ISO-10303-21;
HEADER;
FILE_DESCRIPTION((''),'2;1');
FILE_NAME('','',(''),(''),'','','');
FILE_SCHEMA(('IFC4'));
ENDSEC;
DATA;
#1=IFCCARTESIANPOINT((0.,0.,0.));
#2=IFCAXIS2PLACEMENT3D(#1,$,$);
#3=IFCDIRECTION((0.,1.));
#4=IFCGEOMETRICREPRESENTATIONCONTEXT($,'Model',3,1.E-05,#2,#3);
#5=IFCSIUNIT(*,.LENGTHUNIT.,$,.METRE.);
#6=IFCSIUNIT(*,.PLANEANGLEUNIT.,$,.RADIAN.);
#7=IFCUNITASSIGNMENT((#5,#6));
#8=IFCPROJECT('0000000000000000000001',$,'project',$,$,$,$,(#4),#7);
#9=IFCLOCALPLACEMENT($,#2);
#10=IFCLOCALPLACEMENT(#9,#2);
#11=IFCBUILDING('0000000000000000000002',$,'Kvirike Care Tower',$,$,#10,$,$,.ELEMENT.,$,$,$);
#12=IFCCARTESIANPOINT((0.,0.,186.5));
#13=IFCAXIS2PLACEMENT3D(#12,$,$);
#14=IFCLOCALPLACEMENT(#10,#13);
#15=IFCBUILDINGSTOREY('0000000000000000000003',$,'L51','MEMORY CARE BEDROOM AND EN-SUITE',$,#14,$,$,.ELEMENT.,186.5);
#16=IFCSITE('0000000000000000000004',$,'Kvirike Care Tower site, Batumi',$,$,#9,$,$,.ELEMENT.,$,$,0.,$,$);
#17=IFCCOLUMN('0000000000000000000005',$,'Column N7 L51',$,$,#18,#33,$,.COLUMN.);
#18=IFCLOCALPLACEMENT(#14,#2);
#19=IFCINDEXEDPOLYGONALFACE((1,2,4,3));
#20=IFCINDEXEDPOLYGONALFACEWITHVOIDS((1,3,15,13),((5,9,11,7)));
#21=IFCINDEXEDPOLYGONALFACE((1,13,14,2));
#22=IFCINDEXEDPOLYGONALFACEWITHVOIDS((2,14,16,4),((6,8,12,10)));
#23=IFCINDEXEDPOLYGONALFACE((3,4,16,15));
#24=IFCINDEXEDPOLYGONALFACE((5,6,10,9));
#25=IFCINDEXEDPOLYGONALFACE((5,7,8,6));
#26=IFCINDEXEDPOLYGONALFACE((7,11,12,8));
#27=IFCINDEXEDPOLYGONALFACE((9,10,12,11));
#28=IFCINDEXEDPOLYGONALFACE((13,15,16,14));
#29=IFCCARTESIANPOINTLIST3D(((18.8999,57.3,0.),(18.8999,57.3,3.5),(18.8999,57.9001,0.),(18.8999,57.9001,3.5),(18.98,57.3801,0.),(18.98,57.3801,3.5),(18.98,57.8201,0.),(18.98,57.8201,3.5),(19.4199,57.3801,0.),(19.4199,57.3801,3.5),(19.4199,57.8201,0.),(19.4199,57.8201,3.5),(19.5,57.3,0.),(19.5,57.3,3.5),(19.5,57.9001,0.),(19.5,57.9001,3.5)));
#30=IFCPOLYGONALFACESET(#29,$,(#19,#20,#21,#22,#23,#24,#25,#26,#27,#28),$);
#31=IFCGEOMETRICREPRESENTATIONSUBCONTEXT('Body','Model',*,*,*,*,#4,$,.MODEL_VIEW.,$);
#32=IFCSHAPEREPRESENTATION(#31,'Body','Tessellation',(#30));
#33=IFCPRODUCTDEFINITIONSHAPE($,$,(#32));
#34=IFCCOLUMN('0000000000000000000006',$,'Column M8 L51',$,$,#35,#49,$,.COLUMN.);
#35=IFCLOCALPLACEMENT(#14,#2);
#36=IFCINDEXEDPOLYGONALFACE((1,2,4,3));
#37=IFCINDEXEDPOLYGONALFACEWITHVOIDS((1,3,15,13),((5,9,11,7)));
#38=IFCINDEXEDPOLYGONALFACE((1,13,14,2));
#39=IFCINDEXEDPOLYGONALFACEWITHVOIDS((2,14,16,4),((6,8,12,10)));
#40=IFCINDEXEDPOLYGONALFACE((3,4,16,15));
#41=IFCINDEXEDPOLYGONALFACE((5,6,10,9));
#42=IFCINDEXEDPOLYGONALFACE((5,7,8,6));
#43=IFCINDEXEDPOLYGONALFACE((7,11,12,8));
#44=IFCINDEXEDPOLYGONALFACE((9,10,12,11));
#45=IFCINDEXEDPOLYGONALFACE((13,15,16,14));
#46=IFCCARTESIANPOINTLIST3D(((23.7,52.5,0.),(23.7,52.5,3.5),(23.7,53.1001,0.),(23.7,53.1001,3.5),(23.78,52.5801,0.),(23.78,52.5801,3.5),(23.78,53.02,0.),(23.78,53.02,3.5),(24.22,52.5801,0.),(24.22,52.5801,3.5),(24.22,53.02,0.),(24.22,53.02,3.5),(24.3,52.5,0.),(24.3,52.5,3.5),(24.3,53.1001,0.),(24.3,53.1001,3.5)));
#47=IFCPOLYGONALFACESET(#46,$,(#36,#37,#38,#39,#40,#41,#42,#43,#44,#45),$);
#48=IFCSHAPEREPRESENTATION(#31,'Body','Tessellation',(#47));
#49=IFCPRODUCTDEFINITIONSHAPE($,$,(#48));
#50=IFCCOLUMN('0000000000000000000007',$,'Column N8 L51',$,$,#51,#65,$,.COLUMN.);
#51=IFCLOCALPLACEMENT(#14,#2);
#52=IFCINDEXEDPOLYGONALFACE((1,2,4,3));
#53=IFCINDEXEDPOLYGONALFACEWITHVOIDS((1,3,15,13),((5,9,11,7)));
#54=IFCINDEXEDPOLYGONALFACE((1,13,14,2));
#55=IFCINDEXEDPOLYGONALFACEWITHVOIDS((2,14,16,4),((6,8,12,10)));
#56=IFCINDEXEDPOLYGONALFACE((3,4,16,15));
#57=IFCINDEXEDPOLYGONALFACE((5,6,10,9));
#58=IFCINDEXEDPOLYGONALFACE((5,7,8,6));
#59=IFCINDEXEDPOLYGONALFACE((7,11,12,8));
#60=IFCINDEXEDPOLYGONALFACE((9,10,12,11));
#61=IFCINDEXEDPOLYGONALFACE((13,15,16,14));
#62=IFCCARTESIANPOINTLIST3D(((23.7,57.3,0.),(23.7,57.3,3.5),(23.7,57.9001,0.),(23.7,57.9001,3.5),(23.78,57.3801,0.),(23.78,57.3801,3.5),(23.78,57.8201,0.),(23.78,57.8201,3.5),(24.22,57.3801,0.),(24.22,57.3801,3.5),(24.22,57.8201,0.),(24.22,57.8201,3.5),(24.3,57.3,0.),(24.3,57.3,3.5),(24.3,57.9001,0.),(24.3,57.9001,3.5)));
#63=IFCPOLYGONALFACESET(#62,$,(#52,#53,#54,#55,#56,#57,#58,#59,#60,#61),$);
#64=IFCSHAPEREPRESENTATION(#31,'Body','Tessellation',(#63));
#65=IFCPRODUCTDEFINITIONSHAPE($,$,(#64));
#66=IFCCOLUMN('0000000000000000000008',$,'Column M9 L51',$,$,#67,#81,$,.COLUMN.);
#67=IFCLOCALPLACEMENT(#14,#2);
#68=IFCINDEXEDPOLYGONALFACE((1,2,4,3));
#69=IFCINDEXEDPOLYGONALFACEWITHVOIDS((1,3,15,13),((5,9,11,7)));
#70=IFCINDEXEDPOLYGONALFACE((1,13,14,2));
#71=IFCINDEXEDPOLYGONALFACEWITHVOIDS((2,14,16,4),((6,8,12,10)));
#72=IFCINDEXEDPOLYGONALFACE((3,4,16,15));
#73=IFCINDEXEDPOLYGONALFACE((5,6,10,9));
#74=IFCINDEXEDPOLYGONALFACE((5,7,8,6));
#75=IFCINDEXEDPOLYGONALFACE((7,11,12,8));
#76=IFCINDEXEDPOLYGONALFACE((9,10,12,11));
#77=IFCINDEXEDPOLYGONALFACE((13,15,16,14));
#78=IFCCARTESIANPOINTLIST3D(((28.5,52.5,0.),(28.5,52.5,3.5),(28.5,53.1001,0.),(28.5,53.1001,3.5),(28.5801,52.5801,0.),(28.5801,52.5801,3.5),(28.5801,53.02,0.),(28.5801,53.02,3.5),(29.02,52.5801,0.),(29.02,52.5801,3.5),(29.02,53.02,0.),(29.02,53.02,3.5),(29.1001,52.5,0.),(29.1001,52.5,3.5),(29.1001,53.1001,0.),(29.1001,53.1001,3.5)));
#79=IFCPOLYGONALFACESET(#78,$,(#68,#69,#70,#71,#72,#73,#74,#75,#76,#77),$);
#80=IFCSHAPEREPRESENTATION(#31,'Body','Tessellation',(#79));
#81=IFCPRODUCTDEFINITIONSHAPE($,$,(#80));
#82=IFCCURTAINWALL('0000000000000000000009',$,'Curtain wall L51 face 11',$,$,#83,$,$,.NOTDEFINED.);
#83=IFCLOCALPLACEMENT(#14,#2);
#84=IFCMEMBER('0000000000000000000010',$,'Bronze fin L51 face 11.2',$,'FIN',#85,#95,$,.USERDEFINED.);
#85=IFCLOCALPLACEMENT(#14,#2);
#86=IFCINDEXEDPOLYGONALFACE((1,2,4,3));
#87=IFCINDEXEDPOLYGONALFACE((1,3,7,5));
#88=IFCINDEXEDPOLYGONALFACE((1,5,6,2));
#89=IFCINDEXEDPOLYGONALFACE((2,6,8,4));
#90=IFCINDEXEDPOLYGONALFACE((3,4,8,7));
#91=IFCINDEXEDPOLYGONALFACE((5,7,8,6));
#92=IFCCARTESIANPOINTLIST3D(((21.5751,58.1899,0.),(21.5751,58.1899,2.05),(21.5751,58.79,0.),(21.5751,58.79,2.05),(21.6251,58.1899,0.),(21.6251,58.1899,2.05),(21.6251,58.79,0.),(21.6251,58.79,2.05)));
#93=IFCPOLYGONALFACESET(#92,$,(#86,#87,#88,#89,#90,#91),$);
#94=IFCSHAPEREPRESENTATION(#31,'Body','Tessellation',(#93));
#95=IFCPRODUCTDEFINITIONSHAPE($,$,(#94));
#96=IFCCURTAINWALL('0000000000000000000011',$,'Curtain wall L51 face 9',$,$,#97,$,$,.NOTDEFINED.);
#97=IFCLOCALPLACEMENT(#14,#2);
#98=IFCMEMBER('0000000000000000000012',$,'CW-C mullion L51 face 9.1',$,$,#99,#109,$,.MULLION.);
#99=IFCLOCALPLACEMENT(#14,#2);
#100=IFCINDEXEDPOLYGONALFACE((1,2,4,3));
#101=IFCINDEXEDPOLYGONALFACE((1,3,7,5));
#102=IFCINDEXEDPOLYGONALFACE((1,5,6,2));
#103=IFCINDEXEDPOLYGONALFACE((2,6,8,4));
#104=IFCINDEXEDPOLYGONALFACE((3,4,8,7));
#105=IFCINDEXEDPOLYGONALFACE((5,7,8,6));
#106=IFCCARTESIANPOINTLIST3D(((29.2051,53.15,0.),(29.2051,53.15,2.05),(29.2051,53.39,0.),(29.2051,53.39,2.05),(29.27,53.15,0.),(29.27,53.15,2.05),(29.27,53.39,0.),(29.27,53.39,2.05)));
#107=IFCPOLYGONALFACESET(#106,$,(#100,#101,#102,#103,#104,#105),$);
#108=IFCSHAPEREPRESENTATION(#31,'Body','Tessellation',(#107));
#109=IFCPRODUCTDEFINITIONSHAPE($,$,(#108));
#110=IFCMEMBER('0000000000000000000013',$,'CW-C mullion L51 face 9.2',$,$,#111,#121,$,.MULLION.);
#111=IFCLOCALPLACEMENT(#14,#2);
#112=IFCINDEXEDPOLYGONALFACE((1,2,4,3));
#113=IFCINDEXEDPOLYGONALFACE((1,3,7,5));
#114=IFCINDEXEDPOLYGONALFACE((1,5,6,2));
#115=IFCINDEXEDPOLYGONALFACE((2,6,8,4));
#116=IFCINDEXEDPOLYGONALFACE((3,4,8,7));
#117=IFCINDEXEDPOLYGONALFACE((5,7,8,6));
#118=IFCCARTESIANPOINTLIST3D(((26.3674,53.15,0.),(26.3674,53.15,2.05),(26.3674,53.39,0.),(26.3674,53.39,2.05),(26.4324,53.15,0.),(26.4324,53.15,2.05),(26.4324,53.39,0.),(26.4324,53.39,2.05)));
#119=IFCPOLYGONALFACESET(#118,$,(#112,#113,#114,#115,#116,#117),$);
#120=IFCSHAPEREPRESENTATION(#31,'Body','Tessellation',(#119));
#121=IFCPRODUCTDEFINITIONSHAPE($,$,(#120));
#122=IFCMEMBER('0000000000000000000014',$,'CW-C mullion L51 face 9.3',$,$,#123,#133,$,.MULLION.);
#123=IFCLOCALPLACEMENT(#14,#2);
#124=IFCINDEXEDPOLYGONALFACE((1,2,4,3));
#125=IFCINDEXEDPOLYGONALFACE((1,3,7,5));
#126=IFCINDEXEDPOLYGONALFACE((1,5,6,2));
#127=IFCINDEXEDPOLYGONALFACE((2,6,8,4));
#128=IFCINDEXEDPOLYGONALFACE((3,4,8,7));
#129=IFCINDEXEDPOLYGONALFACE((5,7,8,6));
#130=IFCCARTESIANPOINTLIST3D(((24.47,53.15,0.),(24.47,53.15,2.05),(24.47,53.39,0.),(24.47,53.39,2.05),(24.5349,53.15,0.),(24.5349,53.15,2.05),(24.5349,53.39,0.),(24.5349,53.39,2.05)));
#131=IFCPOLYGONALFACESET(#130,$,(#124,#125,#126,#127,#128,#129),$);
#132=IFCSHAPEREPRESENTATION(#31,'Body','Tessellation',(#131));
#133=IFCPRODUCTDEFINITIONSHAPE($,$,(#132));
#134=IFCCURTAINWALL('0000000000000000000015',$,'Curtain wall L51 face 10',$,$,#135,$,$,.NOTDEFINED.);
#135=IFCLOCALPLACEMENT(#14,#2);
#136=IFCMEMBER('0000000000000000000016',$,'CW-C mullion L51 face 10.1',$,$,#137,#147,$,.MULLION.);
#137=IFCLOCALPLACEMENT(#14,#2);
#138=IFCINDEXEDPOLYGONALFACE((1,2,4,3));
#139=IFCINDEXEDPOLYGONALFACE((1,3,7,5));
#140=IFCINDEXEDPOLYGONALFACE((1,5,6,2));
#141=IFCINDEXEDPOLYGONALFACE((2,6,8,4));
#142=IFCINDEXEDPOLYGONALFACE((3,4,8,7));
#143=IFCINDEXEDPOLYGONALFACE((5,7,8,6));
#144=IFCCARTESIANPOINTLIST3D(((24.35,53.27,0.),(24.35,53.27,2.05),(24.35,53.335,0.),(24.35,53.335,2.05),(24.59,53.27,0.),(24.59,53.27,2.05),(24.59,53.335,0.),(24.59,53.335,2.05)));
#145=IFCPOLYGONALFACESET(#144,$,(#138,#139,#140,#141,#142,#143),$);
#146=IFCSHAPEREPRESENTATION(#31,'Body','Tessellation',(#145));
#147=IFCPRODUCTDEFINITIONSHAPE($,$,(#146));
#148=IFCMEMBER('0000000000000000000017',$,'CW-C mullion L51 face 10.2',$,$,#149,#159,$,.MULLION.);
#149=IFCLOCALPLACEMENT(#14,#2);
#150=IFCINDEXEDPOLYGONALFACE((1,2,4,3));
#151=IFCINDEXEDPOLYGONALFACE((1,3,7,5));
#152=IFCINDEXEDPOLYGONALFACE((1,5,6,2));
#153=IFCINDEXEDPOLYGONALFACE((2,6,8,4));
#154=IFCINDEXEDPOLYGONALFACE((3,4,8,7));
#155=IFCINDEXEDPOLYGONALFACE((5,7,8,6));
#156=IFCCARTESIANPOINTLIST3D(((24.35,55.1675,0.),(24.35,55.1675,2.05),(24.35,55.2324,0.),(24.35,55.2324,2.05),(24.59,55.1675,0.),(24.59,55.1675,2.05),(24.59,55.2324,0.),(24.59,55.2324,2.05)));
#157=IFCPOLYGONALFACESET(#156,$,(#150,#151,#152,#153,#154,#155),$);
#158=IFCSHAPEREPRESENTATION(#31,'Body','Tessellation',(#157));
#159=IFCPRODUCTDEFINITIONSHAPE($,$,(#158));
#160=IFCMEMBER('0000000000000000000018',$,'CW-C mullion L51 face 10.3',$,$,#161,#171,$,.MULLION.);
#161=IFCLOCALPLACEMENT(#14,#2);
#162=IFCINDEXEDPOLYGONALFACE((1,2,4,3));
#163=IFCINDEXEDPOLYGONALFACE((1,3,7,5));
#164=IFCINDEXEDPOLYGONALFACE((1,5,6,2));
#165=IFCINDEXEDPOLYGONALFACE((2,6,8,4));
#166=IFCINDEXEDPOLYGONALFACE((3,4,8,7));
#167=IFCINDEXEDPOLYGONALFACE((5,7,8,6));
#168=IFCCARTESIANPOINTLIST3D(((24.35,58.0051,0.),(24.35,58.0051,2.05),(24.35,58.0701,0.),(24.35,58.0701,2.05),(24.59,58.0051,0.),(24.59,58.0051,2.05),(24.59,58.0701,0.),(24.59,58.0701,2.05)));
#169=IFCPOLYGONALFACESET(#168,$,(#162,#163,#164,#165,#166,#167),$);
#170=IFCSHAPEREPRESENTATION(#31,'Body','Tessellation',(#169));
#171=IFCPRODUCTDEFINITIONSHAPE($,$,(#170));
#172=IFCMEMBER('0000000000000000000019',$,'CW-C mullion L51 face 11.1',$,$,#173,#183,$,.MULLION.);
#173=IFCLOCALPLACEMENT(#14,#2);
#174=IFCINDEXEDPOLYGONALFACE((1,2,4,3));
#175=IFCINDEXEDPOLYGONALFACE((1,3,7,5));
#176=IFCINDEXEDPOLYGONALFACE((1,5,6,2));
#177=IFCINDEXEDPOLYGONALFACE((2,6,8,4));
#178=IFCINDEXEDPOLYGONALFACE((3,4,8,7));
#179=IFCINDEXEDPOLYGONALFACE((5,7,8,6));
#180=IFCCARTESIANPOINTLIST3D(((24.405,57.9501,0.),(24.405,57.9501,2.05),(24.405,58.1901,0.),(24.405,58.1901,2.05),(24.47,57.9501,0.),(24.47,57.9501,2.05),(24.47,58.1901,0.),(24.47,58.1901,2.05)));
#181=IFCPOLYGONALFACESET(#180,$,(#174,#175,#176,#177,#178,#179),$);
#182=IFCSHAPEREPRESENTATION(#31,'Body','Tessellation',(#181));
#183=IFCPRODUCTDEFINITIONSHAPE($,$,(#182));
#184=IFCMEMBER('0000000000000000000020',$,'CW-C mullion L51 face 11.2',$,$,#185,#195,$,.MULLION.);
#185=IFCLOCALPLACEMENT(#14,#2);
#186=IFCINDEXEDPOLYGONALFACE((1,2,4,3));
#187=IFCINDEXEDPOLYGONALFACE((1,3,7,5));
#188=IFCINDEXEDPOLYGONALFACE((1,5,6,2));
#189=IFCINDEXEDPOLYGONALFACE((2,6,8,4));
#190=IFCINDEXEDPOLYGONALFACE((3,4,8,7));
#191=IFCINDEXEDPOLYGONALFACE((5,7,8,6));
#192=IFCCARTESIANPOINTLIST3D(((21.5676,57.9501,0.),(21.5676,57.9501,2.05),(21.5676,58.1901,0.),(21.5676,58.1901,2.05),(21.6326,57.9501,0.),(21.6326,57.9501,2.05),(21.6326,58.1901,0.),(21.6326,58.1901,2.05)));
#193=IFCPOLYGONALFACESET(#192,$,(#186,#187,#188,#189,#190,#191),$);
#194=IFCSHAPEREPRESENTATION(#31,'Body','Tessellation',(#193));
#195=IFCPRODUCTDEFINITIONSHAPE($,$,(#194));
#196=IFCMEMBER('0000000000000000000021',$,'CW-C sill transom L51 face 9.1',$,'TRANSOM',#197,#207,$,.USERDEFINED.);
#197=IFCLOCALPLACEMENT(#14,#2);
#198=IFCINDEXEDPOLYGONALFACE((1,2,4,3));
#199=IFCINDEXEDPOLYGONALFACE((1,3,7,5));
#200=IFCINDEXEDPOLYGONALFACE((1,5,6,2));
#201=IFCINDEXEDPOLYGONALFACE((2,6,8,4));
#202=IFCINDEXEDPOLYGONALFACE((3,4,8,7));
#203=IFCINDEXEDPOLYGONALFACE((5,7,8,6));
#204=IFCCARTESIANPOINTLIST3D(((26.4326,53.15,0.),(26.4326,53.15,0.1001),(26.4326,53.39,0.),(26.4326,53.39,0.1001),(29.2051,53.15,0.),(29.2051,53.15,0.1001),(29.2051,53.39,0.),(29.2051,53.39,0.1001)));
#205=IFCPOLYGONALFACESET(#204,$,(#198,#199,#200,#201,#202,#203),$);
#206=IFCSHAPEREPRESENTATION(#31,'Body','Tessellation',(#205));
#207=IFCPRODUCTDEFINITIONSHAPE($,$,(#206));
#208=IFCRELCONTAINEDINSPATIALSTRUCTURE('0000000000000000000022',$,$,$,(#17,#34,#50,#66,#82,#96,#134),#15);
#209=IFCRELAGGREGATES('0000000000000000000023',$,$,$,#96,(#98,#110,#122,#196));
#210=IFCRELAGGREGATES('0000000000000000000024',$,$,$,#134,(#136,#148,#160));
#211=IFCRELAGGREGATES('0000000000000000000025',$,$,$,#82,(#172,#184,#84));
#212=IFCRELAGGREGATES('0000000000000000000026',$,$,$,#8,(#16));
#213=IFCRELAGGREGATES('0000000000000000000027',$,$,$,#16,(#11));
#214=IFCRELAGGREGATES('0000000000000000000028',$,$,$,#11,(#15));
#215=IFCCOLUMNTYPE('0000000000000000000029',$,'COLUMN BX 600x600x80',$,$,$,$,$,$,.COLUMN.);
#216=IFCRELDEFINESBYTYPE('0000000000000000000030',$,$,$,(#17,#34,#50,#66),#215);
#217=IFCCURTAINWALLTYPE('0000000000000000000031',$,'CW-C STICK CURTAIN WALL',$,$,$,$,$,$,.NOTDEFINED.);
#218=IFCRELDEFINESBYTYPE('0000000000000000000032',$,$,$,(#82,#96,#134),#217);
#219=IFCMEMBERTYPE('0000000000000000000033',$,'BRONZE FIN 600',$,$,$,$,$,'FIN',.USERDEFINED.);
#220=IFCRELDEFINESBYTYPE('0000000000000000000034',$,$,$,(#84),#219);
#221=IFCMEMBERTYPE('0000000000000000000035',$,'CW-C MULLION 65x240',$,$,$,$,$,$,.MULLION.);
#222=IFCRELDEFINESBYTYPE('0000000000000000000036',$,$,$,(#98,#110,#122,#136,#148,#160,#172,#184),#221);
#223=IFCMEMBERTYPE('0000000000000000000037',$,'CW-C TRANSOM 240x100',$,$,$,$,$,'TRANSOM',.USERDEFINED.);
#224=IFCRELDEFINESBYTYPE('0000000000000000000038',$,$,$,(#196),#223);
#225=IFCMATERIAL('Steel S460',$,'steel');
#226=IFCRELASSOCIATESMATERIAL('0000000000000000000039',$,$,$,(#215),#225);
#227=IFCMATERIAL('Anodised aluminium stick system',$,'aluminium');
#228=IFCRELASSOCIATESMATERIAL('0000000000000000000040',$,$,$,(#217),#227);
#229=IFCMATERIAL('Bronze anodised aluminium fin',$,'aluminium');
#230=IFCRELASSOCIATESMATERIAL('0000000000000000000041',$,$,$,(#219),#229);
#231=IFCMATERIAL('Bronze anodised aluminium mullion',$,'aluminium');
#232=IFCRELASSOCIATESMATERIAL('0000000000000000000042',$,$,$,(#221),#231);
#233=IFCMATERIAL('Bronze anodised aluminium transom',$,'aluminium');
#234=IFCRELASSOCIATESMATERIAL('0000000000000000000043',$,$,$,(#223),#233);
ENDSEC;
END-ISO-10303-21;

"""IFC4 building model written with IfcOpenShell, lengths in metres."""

from ifc_helpers import new_model, si_unit, direction, frame, origin, origin_2d, place, context, subcontext, project, spatial, rectangle, hollow_rectangle, extrude, material, material_profile, profile_set, type_object, element, aggregate, save


model = new_model("IFC4")

# Units and contexts
model_context = context("Model", 3, precision=1e-05, world=origin(), true_north=direction((0.0, 1.0)))
body_context = subcontext(model_context, "Body", "Model", "MODEL_VIEW")
ifc_project = project(units=[si_unit("LENGTHUNIT", "METRE"), si_unit("PLANEANGLEUNIT", "RADIAN")], contexts=[model_context])

# Site, building, storey
site_placement = place(None, origin())
site = spatial("IfcSite", under=ifc_project, at=site_placement, Name="Kvirike Care Tower site, Batumi", CompositionType="ELEMENT", RefElevation=0.0)
building_placement = place(site_placement, origin())
building = spatial("IfcBuilding", under=site, at=building_placement, Name="Kvirike Care Tower", CompositionType="ELEMENT")
storey_placement = place(building_placement, frame((0.0, 0.0, 186.5)))
storey = spatial("IfcBuildingStorey", under=building, at=storey_placement, Name="L51", Description="MEMORY CARE BEDROOM AND EN-SUITE", CompositionType="ELEMENT", Elevation=186.5)

# Columns
ifc_material_1 = material(Name="Steel S460", Category="steel")
ifc_material_profile_1 = material_profile(ifc_material_1, hollow_rectangle(XDim=0.6001, YDim=0.6001, WallThickness=0.0801, at=origin_2d()), Name="BX 600x600x80")
ifc_profile_set_1 = profile_set([ifc_material_profile_1], Name="Steel S460")
column_type = type_object("IfcColumnType", Name="COLUMN BX 600x600x80", PredefinedType="COLUMN", material=ifc_profile_set_1)
for number, where, z_axis, x_axis, name in (
    (1, (19.2, 57.6001, 0.0), (0.0, 0.0, 1.0), (0.0, 1.0, 0.0), "Column N7 L51"),
    (2, (24.0, 52.8, 0.0), (0.0, 0.0, 1.0), (0.0, 1.0, 0.0), "Column M8 L51"),
    (3, (24.0, 57.6001, 0.0), (0.0, 0.0, 1.0), (0.0, 1.0, 0.0), "Column N8 L51"),
    (4, (28.8, 52.8, 0.0), (0.0, 0.0, 1.0), (0.0, 1.0, 0.0), "Column M9 L51"),
):
    element("IfcColumn", number, at=place(storey_placement, frame(where, z_axis=z_axis, x_axis=x_axis)), inside=storey, type_object=column_type, Name=name, PredefinedType="COLUMN", context=body_context, shape_type="SweptSolid", body=[
        extrude(hollow_rectangle(XDim=0.6001, YDim=0.6001, WallThickness=0.0801, at=origin_2d()), origin(), (0.0, 0.0, 1.0), 3.5),
    ])

# Curtain wall, member
ifc_material_2 = material(Name="Anodised aluminium stick system", Category="aluminium")
curtain_wall_type = type_object("IfcCurtainWallType", Name="CW-C STICK CURTAIN WALL", PredefinedType="NOTDEFINED", material=ifc_material_2)
curtain_wall_1_placement = place(storey_placement, origin())
curtain_wall_1 = element("IfcCurtainWall", 5, at=curtain_wall_1_placement, inside=storey, type_object=curtain_wall_type, Name="Curtain wall L51 face 11", PredefinedType="NOTDEFINED")
ifc_material_3 = material(Name="Bronze anodised aluminium fin", Category="aluminium")
ifc_material_profile_2 = material_profile(ifc_material_3, rectangle(XDim=0.05, YDim=0.6001, at=origin_2d()), Name="BRONZE FIN 600")
ifc_profile_set_2 = profile_set([ifc_material_profile_2], Name="Bronze anodised aluminium fin")
member_type_1 = type_object("IfcMemberType", Name="BRONZE FIN 600", ElementType="FIN", PredefinedType="USERDEFINED", material=ifc_profile_set_2)
member_1_placement = place(storey_placement, frame((21.6001, 58.49, 0.0), z_axis=(0.0, 0.0, 1.0), x_axis=(-1.0, 0.0, 0.0)))
member_1 = element("IfcMember", 6, at=member_1_placement, type_object=member_type_1, Name="Bronze fin L51 face 11.2", ObjectType="FIN", PredefinedType="USERDEFINED", context=body_context, shape_type="SweptSolid", body=[
    extrude(rectangle(XDim=0.05, YDim=0.6001, at=origin_2d()), origin(), (0.0, 0.0, 1.0), 2.05),
])

# Curtain walls, members
curtain_wall_2_placement = place(storey_placement, origin())
curtain_wall_2 = element("IfcCurtainWall", 7, at=curtain_wall_2_placement, inside=storey, type_object=curtain_wall_type, Name="Curtain wall L51 face 9", PredefinedType="NOTDEFINED")
ifc_material_4 = material(Name="Bronze anodised aluminium mullion", Category="aluminium")
ifc_material_profile_3 = material_profile(ifc_material_4, rectangle(XDim=0.0649, YDim=0.24, at=origin_2d()), Name="CW-C MULLION 65x240")
ifc_profile_set_3 = profile_set([ifc_material_profile_3], Name="Bronze anodised aluminium mullion")
member_type_2 = type_object("IfcMemberType", Name="CW-C MULLION 65x240", PredefinedType="MULLION", material=ifc_profile_set_3)
member_2_placement = place(storey_placement, frame((29.2375, 53.27, 0.0), z_axis=(0.0, 0.0, 1.0), x_axis=(-1.0, 0.0, 0.0)))
member_2 = element("IfcMember", 8, at=member_2_placement, type_object=member_type_2, Name="CW-C mullion L51 face 9.1", PredefinedType="MULLION", context=body_context, shape_type="SweptSolid", body=[
    extrude(rectangle(XDim=0.0649, YDim=0.24, at=origin_2d()), origin(), (0.0, 0.0, 1.0), 2.05),
])
member_3_placement = place(storey_placement, frame((26.3999, 53.27, 0.0), z_axis=(0.0, 0.0, 1.0), x_axis=(-1.0, 0.0, 0.0)))
member_3 = element("IfcMember", 9, at=member_3_placement, type_object=member_type_2, Name="CW-C mullion L51 face 9.2", PredefinedType="MULLION", context=body_context, shape_type="SweptSolid", body=[
    extrude(rectangle(XDim=0.0649, YDim=0.24, at=origin_2d()), origin(), (0.0, 0.0, 1.0), 2.05),
])
member_4_placement = place(storey_placement, frame((24.5024, 53.27, 0.0), z_axis=(0.0, 0.0, 1.0), x_axis=(-1.0, 0.0, 0.0)))
member_4 = element("IfcMember", 10, at=member_4_placement, type_object=member_type_2, Name="CW-C mullion L51 face 9.3", PredefinedType="MULLION", context=body_context, shape_type="SweptSolid", body=[
    extrude(rectangle(XDim=0.0649, YDim=0.24, at=origin_2d()), origin(), (0.0, 0.0, 1.0), 2.05),
])
curtain_wall_3_placement = place(storey_placement, origin())
curtain_wall_3 = element("IfcCurtainWall", 11, at=curtain_wall_3_placement, inside=storey, type_object=curtain_wall_type, Name="Curtain wall L51 face 10", PredefinedType="NOTDEFINED")
member_5_placement = place(storey_placement, frame((24.47, 53.3025, 0.0), z_axis=(0.0, 0.0, 1.0), x_axis=(0.0, 1.0, 0.0)))
member_5 = element("IfcMember", 12, at=member_5_placement, type_object=member_type_2, Name="CW-C mullion L51 face 10.1", PredefinedType="MULLION", context=body_context, shape_type="SweptSolid", body=[
    extrude(rectangle(XDim=0.0649, YDim=0.24, at=origin_2d()), origin(), (0.0, 0.0, 1.0), 2.05),
])
member_6_placement = place(storey_placement, frame((24.47, 55.2, 0.0), z_axis=(0.0, 0.0, 1.0), x_axis=(0.0, 1.0, 0.0)))
member_6 = element("IfcMember", 13, at=member_6_placement, type_object=member_type_2, Name="CW-C mullion L51 face 10.2", PredefinedType="MULLION", context=body_context, shape_type="SweptSolid", body=[
    extrude(rectangle(XDim=0.0649, YDim=0.24, at=origin_2d()), origin(), (0.0, 0.0, 1.0), 2.05),
])
member_7_placement = place(storey_placement, frame((24.47, 58.0376, 0.0), z_axis=(0.0, 0.0, 1.0), x_axis=(0.0, 1.0, 0.0)))
member_7 = element("IfcMember", 14, at=member_7_placement, type_object=member_type_2, Name="CW-C mullion L51 face 10.3", PredefinedType="MULLION", context=body_context, shape_type="SweptSolid", body=[
    extrude(rectangle(XDim=0.0649, YDim=0.24, at=origin_2d()), origin(), (0.0, 0.0, 1.0), 2.05),
])

# Members
member_8_placement = place(storey_placement, frame((24.4375, 58.0701, 0.0), z_axis=(0.0, 0.0, 1.0), x_axis=(-1.0, 0.0, 0.0)))
member_8 = element("IfcMember", 15, at=member_8_placement, type_object=member_type_2, Name="CW-C mullion L51 face 11.1", PredefinedType="MULLION", context=body_context, shape_type="SweptSolid", body=[
    extrude(rectangle(XDim=0.0649, YDim=0.24, at=origin_2d()), origin(), (0.0, 0.0, 1.0), 2.05),
])
member_9_placement = place(storey_placement, frame((21.6001, 58.0701, 0.0), z_axis=(0.0, 0.0, 1.0), x_axis=(-1.0, 0.0, 0.0)))
member_9 = element("IfcMember", 16, at=member_9_placement, type_object=member_type_2, Name="CW-C mullion L51 face 11.2", PredefinedType="MULLION", context=body_context, shape_type="SweptSolid", body=[
    extrude(rectangle(XDim=0.0649, YDim=0.24, at=origin_2d()), origin(), (0.0, 0.0, 1.0), 2.05),
])
ifc_material_5 = material(Name="Bronze anodised aluminium transom", Category="aluminium")
ifc_material_profile_4 = material_profile(ifc_material_5, rectangle(XDim=0.24, YDim=0.1001, at=origin_2d()), Name="CW-C TRANSOM 240x100")
ifc_profile_set_4 = profile_set([ifc_material_profile_4], Name="Bronze anodised aluminium transom")
member_type_3 = type_object("IfcMemberType", Name="CW-C TRANSOM 240x100", ElementType="TRANSOM", PredefinedType="USERDEFINED", material=ifc_profile_set_4)
member_10_placement = place(storey_placement, frame((29.2051, 53.27, 0.05), z_axis=(-1.0, 0.0, 0.0), x_axis=(0.0, -1.0, 0.0)))
member_10 = element("IfcMember", 17, at=member_10_placement, type_object=member_type_3, Name="CW-C sill transom L51 face 9.1", ObjectType="TRANSOM", PredefinedType="USERDEFINED", context=body_context, shape_type="SweptSolid", body=[
    extrude(rectangle(XDim=0.24, YDim=0.1001, at=origin_2d()), origin(), (0.0, 0.0, 1.0), 2.7725),
])

aggregate(curtain_wall_2, [member_2, member_3, member_4, member_10])
aggregate(curtain_wall_3, [member_5, member_6, member_7])
aggregate(curtain_wall_1, [member_8, member_9, member_1])

save(model, "model.ifc")
